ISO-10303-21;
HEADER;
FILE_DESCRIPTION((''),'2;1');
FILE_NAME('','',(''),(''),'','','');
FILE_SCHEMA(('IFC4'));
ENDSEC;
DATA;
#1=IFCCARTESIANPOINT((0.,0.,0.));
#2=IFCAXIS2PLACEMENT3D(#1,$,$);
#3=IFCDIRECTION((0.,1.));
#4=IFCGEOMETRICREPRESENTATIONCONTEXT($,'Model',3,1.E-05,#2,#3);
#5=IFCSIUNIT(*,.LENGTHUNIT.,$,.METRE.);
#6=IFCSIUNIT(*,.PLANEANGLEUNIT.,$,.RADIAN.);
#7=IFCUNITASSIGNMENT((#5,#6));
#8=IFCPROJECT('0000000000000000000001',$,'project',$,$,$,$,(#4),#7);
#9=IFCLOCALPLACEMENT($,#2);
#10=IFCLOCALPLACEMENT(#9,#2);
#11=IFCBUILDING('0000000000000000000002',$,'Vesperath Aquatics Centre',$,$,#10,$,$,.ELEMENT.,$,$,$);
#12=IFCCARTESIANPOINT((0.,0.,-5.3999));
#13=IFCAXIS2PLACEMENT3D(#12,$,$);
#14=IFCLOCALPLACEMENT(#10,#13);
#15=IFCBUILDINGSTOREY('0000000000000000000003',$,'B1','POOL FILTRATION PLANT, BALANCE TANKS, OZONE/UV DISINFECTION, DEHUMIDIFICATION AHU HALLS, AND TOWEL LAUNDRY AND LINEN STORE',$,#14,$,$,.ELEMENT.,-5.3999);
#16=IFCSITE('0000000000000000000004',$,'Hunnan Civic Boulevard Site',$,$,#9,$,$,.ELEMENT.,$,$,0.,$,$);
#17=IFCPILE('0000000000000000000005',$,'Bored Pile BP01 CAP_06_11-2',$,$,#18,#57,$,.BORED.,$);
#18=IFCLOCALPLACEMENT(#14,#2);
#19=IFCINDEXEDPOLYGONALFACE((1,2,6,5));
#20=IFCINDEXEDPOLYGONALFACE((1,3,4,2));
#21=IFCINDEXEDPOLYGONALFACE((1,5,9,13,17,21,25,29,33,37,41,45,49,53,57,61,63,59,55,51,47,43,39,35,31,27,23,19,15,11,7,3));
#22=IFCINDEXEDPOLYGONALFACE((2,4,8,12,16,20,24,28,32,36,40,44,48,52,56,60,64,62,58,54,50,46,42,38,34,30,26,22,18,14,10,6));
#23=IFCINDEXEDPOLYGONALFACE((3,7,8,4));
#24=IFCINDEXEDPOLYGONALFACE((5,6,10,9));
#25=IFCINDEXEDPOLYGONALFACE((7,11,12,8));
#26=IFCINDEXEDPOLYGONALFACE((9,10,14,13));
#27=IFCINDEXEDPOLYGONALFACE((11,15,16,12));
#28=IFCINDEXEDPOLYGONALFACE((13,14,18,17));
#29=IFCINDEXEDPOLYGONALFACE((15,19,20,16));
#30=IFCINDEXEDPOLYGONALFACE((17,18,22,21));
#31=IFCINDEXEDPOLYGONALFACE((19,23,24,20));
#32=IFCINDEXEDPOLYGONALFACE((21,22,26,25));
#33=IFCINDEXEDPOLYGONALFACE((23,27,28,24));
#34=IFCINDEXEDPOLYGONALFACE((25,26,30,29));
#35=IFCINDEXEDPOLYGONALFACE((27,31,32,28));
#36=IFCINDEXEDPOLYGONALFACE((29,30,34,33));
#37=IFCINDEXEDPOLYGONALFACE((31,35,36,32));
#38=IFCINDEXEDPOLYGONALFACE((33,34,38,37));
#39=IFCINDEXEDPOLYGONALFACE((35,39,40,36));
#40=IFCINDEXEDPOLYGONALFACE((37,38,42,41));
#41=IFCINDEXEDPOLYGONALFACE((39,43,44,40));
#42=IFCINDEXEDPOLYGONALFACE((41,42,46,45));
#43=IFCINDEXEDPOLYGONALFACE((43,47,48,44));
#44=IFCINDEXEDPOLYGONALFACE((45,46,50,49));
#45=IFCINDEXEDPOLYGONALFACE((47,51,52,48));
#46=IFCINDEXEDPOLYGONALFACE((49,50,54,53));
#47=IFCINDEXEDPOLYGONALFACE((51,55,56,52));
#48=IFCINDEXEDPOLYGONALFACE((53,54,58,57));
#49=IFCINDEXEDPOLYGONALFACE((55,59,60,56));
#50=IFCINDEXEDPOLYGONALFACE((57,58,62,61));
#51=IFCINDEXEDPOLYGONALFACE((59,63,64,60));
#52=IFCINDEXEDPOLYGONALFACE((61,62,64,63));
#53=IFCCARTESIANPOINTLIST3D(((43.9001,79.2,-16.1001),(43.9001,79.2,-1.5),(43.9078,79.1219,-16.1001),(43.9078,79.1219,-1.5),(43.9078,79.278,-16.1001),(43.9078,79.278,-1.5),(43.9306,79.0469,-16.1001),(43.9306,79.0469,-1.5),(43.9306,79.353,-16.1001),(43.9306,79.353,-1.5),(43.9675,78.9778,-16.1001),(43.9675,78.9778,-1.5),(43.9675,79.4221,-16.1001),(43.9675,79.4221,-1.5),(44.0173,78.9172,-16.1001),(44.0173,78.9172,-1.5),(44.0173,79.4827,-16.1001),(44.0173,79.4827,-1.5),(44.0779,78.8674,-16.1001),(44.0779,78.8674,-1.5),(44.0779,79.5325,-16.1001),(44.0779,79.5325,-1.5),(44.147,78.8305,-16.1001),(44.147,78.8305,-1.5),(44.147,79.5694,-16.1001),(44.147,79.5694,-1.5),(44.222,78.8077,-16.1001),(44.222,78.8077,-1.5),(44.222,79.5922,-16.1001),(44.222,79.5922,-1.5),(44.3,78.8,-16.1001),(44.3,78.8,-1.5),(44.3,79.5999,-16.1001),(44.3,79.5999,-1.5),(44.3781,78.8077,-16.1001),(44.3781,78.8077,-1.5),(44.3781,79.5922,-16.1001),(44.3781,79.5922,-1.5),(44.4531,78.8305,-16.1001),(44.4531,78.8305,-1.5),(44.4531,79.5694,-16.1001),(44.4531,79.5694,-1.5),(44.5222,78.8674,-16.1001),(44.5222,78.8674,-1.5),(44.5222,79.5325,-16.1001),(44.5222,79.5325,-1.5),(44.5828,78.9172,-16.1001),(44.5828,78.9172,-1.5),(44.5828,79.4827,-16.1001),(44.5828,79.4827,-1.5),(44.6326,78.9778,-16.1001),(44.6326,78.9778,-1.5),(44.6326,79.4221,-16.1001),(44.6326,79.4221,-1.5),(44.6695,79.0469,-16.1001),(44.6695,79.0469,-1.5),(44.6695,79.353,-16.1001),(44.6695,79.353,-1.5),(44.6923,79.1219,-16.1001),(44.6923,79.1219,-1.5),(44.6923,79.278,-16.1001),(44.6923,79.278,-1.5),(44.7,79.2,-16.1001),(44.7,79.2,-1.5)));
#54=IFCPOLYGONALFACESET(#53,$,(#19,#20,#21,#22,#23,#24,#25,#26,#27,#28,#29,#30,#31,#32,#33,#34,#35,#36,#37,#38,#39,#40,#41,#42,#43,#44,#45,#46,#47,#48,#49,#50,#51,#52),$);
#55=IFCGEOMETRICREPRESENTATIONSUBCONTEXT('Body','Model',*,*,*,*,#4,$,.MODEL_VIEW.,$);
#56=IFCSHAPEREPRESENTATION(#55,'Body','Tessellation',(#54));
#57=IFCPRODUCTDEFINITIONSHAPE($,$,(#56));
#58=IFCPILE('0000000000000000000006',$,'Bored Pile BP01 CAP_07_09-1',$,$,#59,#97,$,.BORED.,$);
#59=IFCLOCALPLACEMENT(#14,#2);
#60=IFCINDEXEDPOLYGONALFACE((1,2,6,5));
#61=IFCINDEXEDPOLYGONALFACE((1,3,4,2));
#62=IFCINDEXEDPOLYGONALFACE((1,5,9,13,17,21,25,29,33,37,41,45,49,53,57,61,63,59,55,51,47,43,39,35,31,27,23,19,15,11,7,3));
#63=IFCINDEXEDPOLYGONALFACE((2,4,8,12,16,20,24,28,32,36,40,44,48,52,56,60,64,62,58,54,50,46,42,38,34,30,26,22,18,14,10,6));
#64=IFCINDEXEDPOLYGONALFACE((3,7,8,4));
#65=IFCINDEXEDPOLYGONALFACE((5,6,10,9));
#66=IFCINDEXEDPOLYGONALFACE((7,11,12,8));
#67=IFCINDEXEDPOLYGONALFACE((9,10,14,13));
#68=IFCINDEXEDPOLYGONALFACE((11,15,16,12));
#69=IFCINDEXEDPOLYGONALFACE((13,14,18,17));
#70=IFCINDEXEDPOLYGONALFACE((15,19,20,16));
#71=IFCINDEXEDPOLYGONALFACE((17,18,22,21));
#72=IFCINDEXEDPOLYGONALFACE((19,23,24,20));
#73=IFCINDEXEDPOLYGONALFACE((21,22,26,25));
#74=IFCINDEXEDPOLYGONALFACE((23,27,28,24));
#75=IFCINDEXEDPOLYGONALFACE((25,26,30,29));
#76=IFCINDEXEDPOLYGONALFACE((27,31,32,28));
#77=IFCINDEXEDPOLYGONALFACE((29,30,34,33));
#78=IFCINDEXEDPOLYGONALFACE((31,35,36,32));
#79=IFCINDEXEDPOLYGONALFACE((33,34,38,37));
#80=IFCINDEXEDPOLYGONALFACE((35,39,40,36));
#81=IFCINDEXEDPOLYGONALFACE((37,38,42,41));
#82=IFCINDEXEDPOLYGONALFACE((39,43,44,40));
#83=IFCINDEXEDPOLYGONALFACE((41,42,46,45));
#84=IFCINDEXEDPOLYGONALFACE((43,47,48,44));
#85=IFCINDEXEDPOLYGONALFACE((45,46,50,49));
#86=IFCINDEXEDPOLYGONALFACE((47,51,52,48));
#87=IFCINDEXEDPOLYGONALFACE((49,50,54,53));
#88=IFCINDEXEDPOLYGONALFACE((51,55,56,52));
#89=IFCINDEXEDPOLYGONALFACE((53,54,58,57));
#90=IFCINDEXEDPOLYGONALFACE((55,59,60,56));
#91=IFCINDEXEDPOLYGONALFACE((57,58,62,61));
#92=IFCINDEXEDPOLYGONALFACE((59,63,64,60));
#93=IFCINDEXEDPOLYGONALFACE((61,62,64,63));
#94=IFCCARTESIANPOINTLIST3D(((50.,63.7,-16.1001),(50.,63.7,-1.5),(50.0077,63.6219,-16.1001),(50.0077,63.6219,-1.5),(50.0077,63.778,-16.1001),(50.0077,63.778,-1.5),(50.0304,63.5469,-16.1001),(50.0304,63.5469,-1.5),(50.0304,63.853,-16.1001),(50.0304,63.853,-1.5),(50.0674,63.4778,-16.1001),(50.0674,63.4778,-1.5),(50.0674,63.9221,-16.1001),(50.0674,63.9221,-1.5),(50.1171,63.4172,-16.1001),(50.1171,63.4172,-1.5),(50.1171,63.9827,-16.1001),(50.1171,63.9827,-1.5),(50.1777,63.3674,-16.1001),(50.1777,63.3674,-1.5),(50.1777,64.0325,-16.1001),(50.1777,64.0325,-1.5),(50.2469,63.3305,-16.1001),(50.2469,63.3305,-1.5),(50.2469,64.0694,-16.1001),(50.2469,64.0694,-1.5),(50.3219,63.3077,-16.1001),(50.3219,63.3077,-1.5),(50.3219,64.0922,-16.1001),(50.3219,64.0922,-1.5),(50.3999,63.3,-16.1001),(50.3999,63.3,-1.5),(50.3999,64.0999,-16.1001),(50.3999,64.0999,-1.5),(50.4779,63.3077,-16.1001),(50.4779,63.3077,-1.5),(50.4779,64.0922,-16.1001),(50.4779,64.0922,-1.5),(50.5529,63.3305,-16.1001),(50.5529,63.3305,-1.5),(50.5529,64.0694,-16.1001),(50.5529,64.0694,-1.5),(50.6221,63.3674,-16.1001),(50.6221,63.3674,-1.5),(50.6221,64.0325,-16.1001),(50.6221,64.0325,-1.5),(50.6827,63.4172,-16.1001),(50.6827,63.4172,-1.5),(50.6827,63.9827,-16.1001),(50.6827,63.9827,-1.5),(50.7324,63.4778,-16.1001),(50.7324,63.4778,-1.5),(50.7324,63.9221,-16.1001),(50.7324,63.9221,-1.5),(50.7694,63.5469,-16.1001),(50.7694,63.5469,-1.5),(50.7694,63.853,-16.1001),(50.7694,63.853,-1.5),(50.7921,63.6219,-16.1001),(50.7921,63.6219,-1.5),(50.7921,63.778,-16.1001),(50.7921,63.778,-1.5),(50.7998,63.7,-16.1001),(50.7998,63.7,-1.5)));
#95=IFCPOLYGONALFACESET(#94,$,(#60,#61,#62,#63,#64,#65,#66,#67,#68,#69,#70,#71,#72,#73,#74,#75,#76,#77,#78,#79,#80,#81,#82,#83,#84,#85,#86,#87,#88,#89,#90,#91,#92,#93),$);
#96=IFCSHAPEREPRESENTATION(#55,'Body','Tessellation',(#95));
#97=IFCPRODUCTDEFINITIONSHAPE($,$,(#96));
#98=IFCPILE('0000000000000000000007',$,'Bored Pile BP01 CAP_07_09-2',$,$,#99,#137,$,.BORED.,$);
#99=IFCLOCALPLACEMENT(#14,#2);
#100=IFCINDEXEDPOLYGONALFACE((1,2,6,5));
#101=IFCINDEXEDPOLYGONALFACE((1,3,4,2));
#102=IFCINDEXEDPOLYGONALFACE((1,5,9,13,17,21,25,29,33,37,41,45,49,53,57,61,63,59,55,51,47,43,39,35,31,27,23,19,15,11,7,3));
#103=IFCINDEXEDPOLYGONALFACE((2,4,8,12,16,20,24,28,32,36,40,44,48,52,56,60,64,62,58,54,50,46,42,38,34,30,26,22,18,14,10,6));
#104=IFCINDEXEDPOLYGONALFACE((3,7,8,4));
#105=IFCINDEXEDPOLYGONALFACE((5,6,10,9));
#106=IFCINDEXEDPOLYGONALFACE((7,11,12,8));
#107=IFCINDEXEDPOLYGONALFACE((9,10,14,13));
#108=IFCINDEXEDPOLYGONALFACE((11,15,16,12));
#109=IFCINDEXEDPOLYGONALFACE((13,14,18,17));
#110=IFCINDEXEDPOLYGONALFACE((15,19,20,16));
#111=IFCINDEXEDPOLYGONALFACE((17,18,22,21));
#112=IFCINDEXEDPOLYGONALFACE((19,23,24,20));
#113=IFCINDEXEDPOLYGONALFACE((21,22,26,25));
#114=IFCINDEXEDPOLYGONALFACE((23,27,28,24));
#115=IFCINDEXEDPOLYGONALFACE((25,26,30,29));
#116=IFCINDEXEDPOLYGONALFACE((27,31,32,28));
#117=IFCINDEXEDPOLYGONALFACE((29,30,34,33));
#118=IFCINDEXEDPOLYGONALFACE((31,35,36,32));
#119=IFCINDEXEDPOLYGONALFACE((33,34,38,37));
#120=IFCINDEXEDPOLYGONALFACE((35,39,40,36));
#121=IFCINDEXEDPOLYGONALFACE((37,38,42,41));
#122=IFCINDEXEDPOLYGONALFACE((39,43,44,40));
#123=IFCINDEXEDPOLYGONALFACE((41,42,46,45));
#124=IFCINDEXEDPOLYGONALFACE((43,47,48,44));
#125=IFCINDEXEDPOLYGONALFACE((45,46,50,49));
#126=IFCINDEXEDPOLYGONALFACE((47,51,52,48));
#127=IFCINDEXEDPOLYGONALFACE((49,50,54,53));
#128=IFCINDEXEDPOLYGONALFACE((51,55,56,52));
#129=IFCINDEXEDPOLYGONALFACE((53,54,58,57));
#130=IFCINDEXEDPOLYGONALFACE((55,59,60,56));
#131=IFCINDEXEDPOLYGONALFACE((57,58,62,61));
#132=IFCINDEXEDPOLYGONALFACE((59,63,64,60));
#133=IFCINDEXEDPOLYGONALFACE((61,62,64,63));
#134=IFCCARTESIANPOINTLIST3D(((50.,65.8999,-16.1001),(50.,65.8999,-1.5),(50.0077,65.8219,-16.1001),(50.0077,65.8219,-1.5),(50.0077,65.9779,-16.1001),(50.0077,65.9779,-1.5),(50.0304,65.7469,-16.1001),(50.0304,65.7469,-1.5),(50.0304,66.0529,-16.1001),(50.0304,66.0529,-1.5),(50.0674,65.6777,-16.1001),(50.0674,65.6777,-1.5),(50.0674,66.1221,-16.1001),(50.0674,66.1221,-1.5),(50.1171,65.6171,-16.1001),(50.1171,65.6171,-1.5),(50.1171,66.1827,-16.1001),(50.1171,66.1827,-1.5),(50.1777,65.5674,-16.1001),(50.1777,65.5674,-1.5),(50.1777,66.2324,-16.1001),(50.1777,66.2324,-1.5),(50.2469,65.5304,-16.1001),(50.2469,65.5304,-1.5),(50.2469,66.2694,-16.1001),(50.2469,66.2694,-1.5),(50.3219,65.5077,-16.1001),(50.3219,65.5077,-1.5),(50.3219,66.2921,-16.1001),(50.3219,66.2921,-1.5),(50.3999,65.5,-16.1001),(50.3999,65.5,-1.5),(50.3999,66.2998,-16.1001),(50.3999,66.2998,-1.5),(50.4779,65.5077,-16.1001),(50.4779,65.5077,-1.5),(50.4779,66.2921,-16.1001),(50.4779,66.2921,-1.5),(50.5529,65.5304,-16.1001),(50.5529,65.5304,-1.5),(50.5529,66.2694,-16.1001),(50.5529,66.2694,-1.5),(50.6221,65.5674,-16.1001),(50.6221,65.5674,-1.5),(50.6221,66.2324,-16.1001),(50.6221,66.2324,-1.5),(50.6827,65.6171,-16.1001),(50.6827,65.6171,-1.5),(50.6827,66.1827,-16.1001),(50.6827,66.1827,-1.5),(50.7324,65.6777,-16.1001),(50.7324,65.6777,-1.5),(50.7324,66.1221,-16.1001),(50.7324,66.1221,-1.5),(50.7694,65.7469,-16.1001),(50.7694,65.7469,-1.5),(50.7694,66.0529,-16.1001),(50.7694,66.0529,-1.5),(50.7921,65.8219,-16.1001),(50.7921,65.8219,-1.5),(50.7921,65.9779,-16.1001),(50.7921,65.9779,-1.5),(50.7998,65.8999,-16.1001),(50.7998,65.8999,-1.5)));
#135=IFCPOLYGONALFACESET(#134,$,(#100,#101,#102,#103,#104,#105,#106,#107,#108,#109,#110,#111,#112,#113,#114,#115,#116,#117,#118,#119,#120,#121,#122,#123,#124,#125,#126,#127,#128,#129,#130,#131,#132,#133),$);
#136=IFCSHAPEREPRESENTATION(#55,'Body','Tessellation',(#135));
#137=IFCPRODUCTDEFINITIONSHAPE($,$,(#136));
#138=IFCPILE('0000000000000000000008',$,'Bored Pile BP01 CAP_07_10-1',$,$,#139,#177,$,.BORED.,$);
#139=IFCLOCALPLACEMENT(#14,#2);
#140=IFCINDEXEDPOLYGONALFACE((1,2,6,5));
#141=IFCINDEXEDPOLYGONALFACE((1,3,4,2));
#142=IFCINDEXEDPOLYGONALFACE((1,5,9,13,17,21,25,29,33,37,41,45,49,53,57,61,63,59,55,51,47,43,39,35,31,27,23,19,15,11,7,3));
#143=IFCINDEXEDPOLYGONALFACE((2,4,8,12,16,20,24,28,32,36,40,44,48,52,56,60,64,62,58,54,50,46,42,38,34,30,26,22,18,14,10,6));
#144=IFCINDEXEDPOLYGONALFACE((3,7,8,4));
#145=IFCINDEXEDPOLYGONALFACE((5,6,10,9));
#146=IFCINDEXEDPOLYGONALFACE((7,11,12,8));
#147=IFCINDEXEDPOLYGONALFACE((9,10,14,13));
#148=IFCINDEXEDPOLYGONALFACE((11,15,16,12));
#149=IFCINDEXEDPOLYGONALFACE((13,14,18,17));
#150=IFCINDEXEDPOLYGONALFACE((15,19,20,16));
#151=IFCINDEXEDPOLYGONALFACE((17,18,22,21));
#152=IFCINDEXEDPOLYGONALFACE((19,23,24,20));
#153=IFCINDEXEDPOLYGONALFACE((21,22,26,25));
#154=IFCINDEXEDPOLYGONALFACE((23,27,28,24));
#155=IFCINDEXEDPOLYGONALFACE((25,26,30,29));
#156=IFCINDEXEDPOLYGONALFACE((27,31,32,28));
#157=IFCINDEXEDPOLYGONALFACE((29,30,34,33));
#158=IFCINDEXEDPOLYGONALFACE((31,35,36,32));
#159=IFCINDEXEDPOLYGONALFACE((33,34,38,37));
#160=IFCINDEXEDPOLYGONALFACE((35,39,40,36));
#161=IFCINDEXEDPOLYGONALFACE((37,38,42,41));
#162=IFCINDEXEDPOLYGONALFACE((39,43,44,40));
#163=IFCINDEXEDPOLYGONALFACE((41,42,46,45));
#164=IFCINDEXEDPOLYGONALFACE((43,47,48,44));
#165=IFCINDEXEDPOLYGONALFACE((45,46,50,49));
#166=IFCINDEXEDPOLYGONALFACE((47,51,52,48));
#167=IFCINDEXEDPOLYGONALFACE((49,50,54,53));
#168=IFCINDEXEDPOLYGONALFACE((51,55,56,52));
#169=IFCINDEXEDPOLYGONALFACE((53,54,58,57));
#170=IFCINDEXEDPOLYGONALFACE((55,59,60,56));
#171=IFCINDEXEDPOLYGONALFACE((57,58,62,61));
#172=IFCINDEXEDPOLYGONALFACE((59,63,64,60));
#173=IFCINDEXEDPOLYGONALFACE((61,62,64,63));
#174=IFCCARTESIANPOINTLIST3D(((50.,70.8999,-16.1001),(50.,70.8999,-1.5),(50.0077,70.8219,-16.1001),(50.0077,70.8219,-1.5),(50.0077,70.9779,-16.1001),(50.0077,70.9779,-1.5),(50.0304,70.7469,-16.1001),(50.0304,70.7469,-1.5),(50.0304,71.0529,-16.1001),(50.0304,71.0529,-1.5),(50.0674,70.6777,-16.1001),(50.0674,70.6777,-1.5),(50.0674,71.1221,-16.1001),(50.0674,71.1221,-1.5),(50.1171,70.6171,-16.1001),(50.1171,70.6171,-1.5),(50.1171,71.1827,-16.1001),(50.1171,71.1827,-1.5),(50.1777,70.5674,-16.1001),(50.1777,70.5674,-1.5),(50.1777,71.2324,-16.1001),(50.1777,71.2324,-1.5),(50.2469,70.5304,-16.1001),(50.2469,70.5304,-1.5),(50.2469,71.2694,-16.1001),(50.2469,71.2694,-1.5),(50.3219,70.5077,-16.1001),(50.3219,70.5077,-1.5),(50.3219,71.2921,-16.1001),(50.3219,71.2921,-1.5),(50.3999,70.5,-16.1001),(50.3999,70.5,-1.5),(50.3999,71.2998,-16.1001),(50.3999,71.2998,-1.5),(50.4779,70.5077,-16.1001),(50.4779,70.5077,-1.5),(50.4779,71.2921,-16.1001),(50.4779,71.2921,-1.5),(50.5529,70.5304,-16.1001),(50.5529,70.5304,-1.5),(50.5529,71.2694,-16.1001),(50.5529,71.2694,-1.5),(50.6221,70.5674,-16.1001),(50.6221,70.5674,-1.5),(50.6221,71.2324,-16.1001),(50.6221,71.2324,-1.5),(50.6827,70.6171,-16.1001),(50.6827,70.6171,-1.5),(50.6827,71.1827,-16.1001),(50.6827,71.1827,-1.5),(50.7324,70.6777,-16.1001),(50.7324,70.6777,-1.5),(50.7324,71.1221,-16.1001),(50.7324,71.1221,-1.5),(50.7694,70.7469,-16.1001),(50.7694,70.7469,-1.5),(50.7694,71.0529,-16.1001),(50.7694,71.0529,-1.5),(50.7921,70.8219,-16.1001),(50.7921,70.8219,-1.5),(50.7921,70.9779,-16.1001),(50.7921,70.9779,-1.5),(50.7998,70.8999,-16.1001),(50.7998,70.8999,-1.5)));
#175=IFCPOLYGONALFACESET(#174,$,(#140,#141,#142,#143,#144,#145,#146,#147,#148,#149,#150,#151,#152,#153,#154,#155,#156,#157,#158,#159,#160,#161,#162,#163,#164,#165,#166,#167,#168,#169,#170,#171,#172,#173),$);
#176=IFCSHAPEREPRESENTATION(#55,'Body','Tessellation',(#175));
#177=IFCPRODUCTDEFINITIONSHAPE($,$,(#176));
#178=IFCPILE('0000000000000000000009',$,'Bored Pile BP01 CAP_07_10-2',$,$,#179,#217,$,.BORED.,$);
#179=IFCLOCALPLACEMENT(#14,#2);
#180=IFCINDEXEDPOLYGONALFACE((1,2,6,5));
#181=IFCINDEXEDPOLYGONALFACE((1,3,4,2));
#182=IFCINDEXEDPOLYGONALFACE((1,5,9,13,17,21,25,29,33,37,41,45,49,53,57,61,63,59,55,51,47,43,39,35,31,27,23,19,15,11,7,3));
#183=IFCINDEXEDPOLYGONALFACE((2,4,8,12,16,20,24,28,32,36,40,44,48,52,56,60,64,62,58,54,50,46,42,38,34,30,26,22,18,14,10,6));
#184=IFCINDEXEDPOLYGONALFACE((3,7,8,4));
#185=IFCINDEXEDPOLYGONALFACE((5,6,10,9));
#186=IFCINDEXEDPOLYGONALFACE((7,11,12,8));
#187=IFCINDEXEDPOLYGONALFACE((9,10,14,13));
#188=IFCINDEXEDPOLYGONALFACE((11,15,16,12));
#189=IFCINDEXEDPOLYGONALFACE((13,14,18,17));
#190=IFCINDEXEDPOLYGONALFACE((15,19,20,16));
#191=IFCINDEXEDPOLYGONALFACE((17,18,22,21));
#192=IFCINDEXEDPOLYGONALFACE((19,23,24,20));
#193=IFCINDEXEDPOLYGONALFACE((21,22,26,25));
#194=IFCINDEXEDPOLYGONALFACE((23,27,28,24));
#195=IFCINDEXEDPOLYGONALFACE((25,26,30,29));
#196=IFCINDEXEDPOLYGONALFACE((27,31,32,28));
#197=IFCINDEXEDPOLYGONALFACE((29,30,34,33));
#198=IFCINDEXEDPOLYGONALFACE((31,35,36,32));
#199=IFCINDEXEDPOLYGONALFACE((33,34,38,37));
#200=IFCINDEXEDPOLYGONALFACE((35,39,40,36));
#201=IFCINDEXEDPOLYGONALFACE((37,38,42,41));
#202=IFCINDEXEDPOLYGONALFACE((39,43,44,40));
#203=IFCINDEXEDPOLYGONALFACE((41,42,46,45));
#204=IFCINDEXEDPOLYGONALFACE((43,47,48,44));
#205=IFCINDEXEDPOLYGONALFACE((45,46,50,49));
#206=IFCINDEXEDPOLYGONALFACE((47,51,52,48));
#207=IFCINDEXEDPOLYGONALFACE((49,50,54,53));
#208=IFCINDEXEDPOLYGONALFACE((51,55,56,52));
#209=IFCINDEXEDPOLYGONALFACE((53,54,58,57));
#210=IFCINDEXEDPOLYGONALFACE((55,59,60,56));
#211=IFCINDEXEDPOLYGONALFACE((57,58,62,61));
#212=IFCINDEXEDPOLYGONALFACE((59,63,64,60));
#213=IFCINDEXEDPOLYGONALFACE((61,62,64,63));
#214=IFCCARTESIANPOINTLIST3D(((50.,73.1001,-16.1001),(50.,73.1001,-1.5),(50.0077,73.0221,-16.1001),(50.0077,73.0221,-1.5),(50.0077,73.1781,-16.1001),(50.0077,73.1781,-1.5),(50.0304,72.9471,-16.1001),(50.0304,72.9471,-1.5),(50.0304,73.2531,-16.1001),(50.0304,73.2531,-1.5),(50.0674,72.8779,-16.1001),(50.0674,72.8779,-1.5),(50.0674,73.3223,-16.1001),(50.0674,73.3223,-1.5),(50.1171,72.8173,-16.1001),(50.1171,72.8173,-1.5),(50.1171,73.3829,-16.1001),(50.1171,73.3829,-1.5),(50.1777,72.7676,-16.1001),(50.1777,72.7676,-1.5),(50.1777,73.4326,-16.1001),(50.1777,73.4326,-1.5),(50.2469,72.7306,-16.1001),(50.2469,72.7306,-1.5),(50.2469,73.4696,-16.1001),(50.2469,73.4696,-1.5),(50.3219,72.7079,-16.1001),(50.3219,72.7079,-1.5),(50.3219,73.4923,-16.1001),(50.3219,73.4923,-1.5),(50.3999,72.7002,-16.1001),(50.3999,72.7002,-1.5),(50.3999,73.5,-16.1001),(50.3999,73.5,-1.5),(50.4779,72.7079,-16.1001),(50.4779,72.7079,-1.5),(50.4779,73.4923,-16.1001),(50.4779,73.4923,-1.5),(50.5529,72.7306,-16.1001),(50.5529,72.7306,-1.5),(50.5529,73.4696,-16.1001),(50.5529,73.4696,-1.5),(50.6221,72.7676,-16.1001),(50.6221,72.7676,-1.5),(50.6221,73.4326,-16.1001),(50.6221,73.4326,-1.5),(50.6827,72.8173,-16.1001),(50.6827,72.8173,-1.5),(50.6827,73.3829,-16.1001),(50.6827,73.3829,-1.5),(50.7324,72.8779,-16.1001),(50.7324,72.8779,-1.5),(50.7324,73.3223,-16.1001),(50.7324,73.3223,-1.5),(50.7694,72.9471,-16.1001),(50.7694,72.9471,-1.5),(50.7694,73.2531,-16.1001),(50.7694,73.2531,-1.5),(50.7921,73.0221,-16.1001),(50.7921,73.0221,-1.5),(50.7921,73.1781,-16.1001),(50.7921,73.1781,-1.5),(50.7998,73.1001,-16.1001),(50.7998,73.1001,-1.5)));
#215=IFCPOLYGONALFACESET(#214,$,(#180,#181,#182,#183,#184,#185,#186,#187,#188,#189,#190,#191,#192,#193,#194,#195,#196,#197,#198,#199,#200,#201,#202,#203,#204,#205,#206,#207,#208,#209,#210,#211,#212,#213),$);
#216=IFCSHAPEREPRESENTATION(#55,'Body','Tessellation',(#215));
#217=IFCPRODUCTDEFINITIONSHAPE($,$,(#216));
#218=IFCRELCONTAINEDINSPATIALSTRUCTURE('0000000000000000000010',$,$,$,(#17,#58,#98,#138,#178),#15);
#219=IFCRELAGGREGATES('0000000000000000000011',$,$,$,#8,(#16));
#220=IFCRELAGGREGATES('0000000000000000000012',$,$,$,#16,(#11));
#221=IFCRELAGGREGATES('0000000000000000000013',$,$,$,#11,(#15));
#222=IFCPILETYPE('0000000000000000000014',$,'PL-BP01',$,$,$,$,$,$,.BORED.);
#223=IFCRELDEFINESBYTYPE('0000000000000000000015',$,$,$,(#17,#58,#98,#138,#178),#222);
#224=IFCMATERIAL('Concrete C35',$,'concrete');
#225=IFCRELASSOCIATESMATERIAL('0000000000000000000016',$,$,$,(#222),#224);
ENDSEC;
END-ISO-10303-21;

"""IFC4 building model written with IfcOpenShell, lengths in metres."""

from ifc_helpers import new_model, si_unit, direction, frame, origin, origin_2d, place, context, subcontext, project, spatial, circle, extrude, material, material_profile, profile_set, type_object, element, save


model = new_model("IFC4")

# Units and contexts
model_context = context("Model", 3, precision=1e-05, world=origin(), true_north=direction((0.0, 1.0)))
body_context = subcontext(model_context, "Body", "Model", "MODEL_VIEW")
ifc_project = project(units=[si_unit("LENGTHUNIT", "METRE"), si_unit("PLANEANGLEUNIT", "RADIAN")], contexts=[model_context])

# Site, building, storey
site_placement = place(None, origin())
site = spatial("IfcSite", under=ifc_project, at=site_placement, Name="Hunnan Civic Boulevard Site", CompositionType="ELEMENT", RefElevation=0.0)
building_placement = place(site_placement, origin())
building = spatial("IfcBuilding", under=site, at=building_placement, Name="Vesperath Aquatics Centre", CompositionType="ELEMENT")
storey_placement = place(building_placement, frame((0.0, 0.0, -5.3999)))
storey = spatial("IfcBuildingStorey", under=building, at=storey_placement, Name="B1", Description="POOL FILTRATION PLANT, BALANCE TANKS, OZONE/UV DISINFECTION, DEHUMIDIFICATION AHU HALLS, AND TOWEL LAUNDRY AND LINEN STORE", CompositionType="ELEMENT", Elevation=-5.3999)

# Piles
ifc_material_1 = material(Name="Concrete C35", Category="concrete")
ifc_material_profile_1 = material_profile(ifc_material_1, circle(Radius=0.3999, at=origin_2d()), Name="PILE D800")
ifc_profile_set_1 = profile_set([ifc_material_profile_1], Name="Concrete C35")
pile_type = type_object("IfcPileType", Name="PL-BP01", PredefinedType="BORED", material=ifc_profile_set_1)
for number, where, z_axis, x_axis, name in (
    (1, (44.3, 79.2, -1.5), (0.0, 0.0, -1.0), (1.0, 0.0, 0.0), "Bored Pile BP01 CAP_06_11-2"),
    (2, (50.3999, 63.7, -1.5), (0.0, 0.0, -1.0), (1.0, 0.0, 0.0), "Bored Pile BP01 CAP_07_09-1"),
    (3, (50.3999, 65.8999, -1.5), (0.0, 0.0, -1.0), (1.0, 0.0, 0.0), "Bored Pile BP01 CAP_07_09-2"),
    (4, (50.3999, 70.8999, -1.5), (0.0, 0.0, -1.0), (1.0, 0.0, 0.0), "Bored Pile BP01 CAP_07_10-1"),
    (5, (50.3999, 73.1001, -1.5), (0.0, 0.0, -1.0), (1.0, 0.0, 0.0), "Bored Pile BP01 CAP_07_10-2"),
):
    element("IfcPile", number, at=place(storey_placement, frame(where, z_axis=z_axis, x_axis=x_axis)), inside=storey, type_object=pile_type, Name=name, PredefinedType="BORED", context=body_context, shape_type="SweptSolid", body=[
        extrude(circle(Radius=0.3999, at=origin_2d()), origin(), (0.0, 0.0, 1.0), 14.6001),
    ])

save(model, "model.ifc")
